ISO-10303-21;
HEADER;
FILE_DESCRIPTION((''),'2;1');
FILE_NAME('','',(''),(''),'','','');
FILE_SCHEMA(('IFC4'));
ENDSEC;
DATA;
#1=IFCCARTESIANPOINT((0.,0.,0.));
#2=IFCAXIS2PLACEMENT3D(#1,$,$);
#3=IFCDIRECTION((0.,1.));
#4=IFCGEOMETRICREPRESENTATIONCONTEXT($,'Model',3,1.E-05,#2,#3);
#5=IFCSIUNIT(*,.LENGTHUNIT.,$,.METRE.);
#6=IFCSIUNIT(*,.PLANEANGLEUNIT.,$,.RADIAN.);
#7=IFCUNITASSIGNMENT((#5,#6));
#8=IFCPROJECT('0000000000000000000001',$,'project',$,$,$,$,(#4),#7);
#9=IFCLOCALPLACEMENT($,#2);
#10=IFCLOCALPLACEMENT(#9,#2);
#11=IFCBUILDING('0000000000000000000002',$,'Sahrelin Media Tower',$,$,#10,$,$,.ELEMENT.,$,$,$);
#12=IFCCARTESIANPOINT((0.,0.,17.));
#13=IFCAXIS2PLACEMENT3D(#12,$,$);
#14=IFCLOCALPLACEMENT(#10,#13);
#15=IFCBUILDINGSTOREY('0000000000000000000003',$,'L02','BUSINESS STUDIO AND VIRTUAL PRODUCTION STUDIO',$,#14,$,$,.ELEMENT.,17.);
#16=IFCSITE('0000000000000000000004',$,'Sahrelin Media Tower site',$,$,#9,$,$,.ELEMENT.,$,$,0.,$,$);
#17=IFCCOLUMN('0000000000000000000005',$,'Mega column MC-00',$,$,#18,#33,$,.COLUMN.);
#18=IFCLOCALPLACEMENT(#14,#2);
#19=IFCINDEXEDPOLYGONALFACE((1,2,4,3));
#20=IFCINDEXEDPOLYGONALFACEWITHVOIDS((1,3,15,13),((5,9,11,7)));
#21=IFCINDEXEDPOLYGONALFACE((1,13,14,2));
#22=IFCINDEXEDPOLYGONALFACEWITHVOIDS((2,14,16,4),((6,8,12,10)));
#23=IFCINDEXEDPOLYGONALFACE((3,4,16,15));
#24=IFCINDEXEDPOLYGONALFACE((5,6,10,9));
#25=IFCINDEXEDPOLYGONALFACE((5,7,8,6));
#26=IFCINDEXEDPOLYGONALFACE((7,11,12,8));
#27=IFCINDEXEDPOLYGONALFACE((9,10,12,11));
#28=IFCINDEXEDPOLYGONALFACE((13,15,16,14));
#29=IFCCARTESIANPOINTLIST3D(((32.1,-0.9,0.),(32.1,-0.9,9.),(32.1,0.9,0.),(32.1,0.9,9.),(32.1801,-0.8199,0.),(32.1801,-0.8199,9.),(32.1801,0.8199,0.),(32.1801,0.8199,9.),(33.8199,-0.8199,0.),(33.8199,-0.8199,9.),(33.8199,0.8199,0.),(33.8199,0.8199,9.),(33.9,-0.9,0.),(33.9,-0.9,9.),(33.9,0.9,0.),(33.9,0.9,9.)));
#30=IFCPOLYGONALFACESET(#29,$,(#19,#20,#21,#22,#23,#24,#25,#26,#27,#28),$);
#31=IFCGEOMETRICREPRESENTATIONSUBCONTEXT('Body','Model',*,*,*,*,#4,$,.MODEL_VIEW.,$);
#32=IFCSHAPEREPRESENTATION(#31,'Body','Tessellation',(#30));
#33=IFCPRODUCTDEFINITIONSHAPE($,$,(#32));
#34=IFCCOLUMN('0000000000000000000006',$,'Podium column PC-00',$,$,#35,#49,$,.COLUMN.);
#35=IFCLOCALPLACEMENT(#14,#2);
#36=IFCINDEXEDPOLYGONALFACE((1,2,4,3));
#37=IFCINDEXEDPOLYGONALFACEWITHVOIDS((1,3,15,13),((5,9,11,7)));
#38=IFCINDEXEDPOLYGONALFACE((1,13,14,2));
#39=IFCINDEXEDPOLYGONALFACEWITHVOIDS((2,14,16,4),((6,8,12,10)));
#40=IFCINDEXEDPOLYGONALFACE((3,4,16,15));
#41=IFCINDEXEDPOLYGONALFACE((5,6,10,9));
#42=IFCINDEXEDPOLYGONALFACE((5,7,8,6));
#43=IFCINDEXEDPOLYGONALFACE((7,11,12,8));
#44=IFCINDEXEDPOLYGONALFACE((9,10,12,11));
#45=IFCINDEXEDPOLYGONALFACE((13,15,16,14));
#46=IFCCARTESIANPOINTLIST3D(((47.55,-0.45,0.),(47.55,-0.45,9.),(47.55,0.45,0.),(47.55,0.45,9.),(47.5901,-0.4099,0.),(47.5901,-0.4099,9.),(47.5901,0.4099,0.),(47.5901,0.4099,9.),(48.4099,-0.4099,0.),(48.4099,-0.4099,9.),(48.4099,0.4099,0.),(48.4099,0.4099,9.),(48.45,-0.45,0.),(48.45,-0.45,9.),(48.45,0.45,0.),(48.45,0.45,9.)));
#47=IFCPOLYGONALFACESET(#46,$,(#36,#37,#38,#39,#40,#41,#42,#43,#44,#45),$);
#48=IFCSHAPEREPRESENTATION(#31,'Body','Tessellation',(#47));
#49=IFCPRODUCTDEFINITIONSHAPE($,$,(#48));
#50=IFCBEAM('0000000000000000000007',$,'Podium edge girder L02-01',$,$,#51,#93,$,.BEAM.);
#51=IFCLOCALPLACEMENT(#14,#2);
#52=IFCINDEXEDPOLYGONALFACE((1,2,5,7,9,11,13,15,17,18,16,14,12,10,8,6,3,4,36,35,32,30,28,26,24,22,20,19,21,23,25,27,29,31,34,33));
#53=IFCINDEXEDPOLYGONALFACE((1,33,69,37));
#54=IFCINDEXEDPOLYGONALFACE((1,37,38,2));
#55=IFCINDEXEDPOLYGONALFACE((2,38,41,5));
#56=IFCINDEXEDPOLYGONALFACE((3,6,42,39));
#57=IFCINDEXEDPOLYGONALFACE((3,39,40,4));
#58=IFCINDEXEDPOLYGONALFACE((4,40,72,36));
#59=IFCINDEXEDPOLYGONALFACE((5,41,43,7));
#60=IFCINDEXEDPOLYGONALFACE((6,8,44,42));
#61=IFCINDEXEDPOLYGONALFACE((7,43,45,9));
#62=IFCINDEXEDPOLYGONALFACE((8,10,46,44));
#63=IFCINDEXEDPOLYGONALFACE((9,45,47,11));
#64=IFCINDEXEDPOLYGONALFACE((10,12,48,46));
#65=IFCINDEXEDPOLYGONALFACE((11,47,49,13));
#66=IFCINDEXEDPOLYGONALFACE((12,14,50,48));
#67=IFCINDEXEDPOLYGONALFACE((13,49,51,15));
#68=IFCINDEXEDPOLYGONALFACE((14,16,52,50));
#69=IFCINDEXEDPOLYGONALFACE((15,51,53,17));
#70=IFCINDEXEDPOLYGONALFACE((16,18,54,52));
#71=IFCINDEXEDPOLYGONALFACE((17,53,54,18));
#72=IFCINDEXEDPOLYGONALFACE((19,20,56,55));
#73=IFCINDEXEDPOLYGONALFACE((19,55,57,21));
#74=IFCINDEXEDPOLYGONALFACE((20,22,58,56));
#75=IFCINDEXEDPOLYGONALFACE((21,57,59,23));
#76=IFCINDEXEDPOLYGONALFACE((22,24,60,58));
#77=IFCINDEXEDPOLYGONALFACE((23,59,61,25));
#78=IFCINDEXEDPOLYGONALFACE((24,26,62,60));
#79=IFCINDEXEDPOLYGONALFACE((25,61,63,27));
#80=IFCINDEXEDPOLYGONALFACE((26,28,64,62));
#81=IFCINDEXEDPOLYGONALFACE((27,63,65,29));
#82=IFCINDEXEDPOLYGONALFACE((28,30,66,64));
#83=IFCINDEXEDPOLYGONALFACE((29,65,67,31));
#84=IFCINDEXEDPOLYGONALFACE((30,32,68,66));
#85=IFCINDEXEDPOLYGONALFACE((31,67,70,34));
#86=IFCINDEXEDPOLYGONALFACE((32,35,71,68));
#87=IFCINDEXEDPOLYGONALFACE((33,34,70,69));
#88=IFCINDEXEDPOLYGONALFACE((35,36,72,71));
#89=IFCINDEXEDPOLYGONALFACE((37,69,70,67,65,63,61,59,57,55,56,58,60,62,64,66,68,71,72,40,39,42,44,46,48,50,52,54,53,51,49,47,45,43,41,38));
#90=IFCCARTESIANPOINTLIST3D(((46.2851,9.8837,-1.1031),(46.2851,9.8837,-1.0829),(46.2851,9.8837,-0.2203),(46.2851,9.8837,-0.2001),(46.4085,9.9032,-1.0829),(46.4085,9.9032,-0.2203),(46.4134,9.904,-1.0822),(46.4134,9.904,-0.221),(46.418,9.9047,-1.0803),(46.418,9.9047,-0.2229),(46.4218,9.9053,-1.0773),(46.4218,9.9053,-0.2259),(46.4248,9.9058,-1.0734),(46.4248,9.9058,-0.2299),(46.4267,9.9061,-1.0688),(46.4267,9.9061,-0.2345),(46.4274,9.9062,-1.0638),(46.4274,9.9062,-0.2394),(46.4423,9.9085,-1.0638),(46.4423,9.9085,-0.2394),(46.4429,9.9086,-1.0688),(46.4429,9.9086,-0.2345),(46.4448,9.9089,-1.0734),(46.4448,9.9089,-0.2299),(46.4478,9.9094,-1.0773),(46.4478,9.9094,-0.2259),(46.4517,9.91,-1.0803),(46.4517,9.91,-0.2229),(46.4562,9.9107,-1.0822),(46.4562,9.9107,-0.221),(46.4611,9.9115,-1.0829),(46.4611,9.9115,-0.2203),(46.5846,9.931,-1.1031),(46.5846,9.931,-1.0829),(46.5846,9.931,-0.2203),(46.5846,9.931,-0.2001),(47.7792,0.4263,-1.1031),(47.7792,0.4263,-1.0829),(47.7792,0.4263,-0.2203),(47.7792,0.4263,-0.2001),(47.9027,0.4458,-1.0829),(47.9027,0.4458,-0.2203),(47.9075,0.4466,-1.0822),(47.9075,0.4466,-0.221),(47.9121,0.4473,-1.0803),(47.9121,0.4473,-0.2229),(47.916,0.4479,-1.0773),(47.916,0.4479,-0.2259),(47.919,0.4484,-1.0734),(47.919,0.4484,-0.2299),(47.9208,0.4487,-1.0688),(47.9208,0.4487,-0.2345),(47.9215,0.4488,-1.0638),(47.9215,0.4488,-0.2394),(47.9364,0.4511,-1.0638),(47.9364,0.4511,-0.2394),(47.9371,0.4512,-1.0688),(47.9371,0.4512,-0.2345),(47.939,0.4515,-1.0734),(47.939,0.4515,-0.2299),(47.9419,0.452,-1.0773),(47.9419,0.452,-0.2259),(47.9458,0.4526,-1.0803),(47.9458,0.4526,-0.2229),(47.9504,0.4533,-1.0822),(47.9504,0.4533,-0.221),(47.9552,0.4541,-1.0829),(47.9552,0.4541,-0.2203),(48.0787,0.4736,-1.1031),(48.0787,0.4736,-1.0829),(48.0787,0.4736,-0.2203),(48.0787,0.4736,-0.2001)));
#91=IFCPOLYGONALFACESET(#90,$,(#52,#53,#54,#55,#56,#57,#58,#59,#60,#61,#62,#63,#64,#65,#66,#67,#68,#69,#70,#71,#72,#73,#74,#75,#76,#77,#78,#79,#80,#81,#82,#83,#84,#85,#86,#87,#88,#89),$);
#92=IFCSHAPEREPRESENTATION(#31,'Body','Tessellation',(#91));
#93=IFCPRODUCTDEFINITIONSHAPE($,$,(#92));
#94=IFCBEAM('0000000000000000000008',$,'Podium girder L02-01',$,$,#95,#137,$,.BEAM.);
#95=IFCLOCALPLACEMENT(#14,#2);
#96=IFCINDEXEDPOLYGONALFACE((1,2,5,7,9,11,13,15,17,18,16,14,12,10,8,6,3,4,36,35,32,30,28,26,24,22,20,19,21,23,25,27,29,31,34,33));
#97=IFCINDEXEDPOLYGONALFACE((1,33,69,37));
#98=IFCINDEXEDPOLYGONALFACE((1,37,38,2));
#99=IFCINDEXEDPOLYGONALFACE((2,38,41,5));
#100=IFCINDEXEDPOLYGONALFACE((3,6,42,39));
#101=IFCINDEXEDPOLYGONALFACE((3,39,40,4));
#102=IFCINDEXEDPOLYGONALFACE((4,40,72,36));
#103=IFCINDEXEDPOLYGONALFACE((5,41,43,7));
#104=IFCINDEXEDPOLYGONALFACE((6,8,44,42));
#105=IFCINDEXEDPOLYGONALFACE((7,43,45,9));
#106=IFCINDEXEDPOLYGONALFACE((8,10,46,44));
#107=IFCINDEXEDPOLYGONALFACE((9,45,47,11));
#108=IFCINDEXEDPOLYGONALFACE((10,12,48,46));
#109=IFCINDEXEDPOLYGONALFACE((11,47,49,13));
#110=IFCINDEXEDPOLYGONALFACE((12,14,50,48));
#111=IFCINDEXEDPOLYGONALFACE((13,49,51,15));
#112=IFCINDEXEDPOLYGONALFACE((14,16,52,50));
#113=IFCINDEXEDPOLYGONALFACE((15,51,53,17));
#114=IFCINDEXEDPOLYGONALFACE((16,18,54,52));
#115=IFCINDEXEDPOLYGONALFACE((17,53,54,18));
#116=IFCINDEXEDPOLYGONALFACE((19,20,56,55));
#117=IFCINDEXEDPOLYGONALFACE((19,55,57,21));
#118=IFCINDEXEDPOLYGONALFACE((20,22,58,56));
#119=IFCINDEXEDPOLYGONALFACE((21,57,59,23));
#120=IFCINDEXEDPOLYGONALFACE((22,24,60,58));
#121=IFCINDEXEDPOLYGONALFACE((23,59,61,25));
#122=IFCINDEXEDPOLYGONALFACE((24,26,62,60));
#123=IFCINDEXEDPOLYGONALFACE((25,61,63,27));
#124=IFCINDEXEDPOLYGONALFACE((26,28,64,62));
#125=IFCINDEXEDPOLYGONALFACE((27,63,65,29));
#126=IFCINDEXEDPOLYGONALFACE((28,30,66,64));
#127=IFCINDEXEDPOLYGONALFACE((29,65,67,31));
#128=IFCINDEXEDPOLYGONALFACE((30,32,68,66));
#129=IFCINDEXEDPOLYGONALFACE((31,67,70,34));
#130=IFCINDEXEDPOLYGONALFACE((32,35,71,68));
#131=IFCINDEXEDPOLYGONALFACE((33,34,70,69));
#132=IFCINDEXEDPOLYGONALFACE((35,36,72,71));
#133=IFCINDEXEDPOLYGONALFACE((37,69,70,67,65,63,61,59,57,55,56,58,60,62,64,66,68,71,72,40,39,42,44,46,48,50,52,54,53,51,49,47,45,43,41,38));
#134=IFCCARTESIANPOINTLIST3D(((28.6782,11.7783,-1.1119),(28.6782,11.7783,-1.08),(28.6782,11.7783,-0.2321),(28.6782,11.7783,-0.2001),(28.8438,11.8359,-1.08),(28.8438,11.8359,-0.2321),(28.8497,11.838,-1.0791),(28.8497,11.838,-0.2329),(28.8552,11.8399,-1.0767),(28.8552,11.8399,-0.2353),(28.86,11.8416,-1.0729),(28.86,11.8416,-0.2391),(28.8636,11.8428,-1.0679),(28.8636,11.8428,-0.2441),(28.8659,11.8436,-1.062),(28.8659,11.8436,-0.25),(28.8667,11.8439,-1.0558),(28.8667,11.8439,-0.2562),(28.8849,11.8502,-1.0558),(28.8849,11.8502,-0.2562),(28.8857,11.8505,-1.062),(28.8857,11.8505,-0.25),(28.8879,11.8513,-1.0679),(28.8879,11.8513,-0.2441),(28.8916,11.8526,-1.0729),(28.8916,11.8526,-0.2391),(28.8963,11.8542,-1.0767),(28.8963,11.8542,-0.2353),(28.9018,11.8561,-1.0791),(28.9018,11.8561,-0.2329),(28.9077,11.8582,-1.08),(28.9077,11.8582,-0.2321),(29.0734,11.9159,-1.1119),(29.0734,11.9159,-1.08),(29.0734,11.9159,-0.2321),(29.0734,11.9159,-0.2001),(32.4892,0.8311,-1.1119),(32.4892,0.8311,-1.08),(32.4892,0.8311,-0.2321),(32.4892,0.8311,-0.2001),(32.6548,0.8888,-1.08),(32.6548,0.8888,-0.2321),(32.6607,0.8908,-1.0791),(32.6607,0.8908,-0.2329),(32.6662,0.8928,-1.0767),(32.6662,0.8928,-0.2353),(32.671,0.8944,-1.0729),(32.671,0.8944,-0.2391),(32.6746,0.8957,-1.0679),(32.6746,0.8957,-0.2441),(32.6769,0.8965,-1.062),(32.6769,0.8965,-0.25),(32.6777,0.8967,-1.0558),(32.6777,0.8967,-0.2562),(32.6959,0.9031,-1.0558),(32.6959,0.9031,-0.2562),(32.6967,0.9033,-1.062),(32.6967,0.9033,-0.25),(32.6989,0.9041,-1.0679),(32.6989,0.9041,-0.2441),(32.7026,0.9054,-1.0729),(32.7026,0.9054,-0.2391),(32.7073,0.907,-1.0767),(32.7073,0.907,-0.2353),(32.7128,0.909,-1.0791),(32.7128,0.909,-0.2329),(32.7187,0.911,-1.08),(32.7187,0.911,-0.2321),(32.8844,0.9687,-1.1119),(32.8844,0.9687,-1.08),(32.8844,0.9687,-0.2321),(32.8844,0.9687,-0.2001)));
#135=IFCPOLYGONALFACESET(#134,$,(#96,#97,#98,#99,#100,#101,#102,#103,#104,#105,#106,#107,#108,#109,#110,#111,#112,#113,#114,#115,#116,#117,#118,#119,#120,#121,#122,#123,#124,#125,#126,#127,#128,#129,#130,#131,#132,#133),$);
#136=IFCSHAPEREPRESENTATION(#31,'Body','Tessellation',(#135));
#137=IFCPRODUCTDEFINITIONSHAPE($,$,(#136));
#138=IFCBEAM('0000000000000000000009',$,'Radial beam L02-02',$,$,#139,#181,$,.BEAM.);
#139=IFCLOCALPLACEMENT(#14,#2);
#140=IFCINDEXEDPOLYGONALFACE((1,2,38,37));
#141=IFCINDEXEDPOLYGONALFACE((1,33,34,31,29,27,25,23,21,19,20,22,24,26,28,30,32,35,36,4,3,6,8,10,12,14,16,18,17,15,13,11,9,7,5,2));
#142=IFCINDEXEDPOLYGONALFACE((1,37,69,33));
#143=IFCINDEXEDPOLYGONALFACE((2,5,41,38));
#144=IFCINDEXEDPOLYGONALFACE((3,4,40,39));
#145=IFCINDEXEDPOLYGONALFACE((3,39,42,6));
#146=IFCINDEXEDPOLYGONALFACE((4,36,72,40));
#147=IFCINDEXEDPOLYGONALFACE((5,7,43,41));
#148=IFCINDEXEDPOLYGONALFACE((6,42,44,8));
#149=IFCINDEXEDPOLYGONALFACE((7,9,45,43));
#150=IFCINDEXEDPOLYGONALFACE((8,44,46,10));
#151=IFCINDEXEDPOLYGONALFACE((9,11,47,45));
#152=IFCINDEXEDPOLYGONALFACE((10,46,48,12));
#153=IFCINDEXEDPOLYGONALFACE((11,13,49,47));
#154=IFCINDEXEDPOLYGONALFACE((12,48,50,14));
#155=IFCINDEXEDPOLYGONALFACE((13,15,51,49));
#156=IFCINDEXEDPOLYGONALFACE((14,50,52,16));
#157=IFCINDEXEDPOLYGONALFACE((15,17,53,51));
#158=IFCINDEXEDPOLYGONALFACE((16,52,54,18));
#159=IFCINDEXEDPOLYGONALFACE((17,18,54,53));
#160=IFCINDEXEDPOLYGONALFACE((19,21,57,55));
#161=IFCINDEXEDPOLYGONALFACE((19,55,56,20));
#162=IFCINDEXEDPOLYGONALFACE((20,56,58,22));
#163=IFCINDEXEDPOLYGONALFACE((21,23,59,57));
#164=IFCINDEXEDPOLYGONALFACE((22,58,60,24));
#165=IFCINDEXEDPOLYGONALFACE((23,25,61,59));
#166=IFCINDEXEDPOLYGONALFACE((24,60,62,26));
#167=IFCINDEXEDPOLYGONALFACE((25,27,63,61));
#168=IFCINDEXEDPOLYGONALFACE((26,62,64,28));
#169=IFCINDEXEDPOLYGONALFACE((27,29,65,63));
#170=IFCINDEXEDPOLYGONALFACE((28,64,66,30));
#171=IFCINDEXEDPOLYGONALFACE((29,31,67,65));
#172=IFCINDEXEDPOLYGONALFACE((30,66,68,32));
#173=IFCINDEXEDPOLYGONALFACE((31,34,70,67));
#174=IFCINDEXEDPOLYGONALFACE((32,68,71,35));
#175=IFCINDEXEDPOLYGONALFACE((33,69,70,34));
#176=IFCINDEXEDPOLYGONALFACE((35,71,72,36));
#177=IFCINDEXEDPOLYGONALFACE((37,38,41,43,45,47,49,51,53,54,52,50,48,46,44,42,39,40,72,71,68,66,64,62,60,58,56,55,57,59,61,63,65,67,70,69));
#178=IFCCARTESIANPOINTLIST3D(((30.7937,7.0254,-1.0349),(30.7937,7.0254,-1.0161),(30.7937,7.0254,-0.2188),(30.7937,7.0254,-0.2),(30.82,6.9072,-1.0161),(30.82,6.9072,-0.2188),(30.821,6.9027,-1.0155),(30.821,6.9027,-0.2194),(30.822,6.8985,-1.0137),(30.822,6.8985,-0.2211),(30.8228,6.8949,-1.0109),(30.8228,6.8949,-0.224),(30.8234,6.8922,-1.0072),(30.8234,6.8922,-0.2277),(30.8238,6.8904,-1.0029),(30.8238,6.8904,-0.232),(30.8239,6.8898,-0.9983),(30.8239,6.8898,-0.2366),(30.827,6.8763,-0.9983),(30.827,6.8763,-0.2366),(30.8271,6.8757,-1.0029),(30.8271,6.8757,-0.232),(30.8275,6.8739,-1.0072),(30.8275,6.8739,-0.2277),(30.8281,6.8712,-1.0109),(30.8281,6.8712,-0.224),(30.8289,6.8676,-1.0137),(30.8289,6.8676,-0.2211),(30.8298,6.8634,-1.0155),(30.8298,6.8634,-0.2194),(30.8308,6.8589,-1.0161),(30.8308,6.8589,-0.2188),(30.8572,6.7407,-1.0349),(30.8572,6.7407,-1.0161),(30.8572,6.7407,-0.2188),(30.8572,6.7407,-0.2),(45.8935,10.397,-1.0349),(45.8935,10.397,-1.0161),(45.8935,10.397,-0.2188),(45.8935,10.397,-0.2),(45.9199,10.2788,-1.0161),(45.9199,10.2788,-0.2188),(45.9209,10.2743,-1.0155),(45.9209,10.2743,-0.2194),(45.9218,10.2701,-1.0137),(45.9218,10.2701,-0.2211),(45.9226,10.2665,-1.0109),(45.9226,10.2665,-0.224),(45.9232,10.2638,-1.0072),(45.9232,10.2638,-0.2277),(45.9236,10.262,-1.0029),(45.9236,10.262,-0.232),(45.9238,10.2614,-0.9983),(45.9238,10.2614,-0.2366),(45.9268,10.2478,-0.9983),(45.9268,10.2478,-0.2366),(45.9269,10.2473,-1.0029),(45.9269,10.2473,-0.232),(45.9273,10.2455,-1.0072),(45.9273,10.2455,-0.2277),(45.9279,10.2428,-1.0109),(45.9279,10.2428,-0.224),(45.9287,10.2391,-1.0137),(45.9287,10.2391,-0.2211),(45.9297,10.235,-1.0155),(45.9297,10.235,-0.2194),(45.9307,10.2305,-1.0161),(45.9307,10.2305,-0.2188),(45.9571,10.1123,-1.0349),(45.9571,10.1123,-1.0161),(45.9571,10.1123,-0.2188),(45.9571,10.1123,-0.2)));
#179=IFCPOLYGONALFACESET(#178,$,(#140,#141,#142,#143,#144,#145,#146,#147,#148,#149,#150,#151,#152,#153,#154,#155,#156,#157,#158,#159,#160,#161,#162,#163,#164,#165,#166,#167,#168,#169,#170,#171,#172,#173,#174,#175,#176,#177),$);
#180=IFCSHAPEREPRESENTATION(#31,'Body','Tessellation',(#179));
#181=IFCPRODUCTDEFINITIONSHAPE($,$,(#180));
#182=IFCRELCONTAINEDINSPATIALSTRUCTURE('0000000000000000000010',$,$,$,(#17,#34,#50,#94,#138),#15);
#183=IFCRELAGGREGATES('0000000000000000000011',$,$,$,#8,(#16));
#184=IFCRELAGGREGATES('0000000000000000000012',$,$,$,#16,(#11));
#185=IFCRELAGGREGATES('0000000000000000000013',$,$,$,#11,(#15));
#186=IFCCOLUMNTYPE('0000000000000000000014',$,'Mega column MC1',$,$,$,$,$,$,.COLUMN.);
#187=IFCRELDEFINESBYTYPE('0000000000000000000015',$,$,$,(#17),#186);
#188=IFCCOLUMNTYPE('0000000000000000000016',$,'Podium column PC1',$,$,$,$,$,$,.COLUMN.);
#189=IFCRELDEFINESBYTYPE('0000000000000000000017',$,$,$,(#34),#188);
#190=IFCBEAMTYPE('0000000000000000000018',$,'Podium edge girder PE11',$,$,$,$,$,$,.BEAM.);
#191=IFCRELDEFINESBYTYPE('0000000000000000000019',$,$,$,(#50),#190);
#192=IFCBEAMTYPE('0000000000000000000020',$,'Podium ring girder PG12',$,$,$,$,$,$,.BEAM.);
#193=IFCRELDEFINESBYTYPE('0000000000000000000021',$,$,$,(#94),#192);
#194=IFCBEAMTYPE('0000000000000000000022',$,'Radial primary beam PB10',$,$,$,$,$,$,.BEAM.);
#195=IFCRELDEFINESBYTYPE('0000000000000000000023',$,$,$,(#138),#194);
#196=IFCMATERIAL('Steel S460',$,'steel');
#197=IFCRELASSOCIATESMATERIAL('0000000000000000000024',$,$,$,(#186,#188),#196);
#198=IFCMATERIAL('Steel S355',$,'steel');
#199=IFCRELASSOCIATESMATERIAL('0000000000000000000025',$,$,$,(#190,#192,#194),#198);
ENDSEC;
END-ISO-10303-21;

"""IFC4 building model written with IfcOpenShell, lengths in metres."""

from ifc_helpers import new_model, si_unit, direction, frame, origin, origin_2d, place, context, subcontext, project, spatial, hollow_rectangle, i_section, extrude, material, material_profile, profile_set, type_object, element, save


model = new_model("IFC4")

# Units and contexts
model_context = context("Model", 3, precision=1e-05, world=origin(), true_north=direction((0.0, 1.0)))
body_context = subcontext(model_context, "Body", "Model", "MODEL_VIEW")
ifc_project = project(units=[si_unit("LENGTHUNIT", "METRE"), si_unit("PLANEANGLEUNIT", "RADIAN")], contexts=[model_context])

# Site, building, storey
site_placement = place(None, origin())
site = spatial("IfcSite", under=ifc_project, at=site_placement, Name="Sahrelin Media Tower site", CompositionType="ELEMENT", RefElevation=0.0)
building_placement = place(site_placement, origin())
building = spatial("IfcBuilding", under=site, at=building_placement, Name="Sahrelin Media Tower", CompositionType="ELEMENT")
storey_placement = place(building_placement, frame((0.0, 0.0, 17.0)))
storey = spatial("IfcBuildingStorey", under=building, at=storey_placement, Name="L02", Description="BUSINESS STUDIO AND VIRTUAL PRODUCTION STUDIO", CompositionType="ELEMENT", Elevation=17.0)

# Columns
ifc_material_1 = material(Name="Steel S460", Category="steel")
ifc_material_profile_1 = material_profile(ifc_material_1, hollow_rectangle(XDim=1.8, YDim=1.8, WallThickness=0.0801, at=origin_2d()), Name="Mega column MC1")
ifc_profile_set_1 = profile_set([ifc_material_profile_1], Name="Steel S460")
column_type_1 = type_object("IfcColumnType", Name="Mega column MC1", PredefinedType="COLUMN", material=ifc_profile_set_1)
column_1_placement = place(storey_placement, frame((33.0, 0.0, 0.0), z_axis=(0.0, 0.0, 1.0), x_axis=(1.0, 0.0, 0.0)))
element("IfcColumn", 1, at=column_1_placement, inside=storey, type_object=column_type_1, Name="Mega column MC-00", PredefinedType="COLUMN", context=body_context, shape_type="SweptSolid", body=[
    extrude(hollow_rectangle(XDim=1.8, YDim=1.8, WallThickness=0.0801, at=origin_2d()), origin(), (0.0, 0.0, 1.0), 9.0),
])
ifc_material_profile_2 = material_profile(ifc_material_1, hollow_rectangle(XDim=0.8999, YDim=0.8999, WallThickness=0.04, at=origin_2d()), Name="Podium column PC1")
ifc_profile_set_2 = profile_set([ifc_material_profile_2], Name="Steel S460")
column_type_2 = type_object("IfcColumnType", Name="Podium column PC1", PredefinedType="COLUMN", material=ifc_profile_set_2)
column_2_placement = place(storey_placement, frame((48.0, 0.0, 0.0), z_axis=(0.0, 0.0, 1.0), x_axis=(1.0, 0.0, 0.0)))
element("IfcColumn", 2, at=column_2_placement, inside=storey, type_object=column_type_2, Name="Podium column PC-00", PredefinedType="COLUMN", context=body_context, shape_type="SweptSolid", body=[
    extrude(hollow_rectangle(XDim=0.8999, YDim=0.8999, WallThickness=0.04, at=origin_2d()), origin(), (0.0, 0.0, 1.0), 9.0),
])

# Beams
ifc_material_2 = material(Name="Steel S355", Category="steel")
ifc_material_profile_3 = material_profile(ifc_material_2, i_section(OverallWidth=0.3032, OverallDepth=0.9031, WebThickness=0.0151, FlangeThickness=0.0203, FilletRadius=0.019, at=origin_2d()), Name="UB 914x305x201")
ifc_profile_set_3 = profile_set([ifc_material_profile_3], Name="Steel S355")
beam_type_1 = type_object("IfcBeamType", Name="Podium edge girder PE11", PredefinedType="BEAM", material=ifc_profile_set_3)
beam_1_placement = place(storey_placement, frame((47.929, 0.45, -0.6516), z_axis=(-0.156049, 0.987749, 0.0), x_axis=(-0.987749, -0.156049, 0.0)))
element("IfcBeam", 3, at=beam_1_placement, inside=storey, type_object=beam_type_1, Name="Podium edge girder L02-01", PredefinedType="BEAM", context=body_context, shape_type="SweptSolid", body=[
    extrude(i_section(OverallWidth=0.3032, OverallDepth=0.9031, WebThickness=0.0151, FlangeThickness=0.0203, FilletRadius=0.019, at=origin_2d()), origin(), (0.0, 0.0, 1.0), 9.5747),
])
ifc_material_profile_4 = material_profile(ifc_material_2, i_section(OverallWidth=0.4185, OverallDepth=0.9119, WebThickness=0.0193, FlangeThickness=0.032, FilletRadius=0.0242, at=origin_2d()), Name="UB 914x419x343")
ifc_profile_set_4 = profile_set([ifc_material_profile_4], Name="Steel S355")
beam_type_2 = type_object("IfcBeamType", Name="Podium ring girder PG12", PredefinedType="BEAM", material=ifc_profile_set_4)
beam_2_placement = place(storey_placement, frame((32.6868, 0.8999, -0.656), z_axis=(-0.328774, 0.944409, 0.0), x_axis=(-0.944409, -0.328774, 0.0)))
element("IfcBeam", 4, at=beam_2_placement, inside=storey, type_object=beam_type_2, Name="Podium girder L02-01", PredefinedType="BEAM", context=body_context, shape_type="SweptSolid", body=[
    extrude(i_section(OverallWidth=0.4185, OverallDepth=0.9119, WebThickness=0.0193, FlangeThickness=0.032, FilletRadius=0.0242, at=origin_2d()), origin(), (0.0, 0.0, 1.0), 11.5916),
])
ifc_material_profile_5 = material_profile(ifc_material_2, i_section(OverallWidth=0.2917, OverallDepth=0.835, WebThickness=0.0139, FlangeThickness=0.0188, FilletRadius=0.0178, at=origin_2d()), Name="UB 838x292x176")
ifc_profile_set_5 = profile_set([ifc_material_profile_5], Name="Steel S355")
beam_type_3 = type_object("IfcBeamType", Name="Radial primary beam PB10", PredefinedType="BEAM", material=ifc_profile_set_5)
beam_3_placement = place(storey_placement, frame((30.8254, 6.8831, -0.6174), z_axis=(0.975967, 0.217919, 0.0), x_axis=(-0.217919, 0.975967, 0.0)))
element("IfcBeam", 5, at=beam_3_placement, inside=storey, type_object=beam_type_3, Name="Radial beam L02-02", PredefinedType="BEAM", context=body_context, shape_type="SweptSolid", body=[
    extrude(i_section(OverallWidth=0.2917, OverallDepth=0.835, WebThickness=0.0139, FlangeThickness=0.0188, FilletRadius=0.0178, at=origin_2d()), origin(), (0.0, 0.0, 1.0), 15.4717),
])

save(model, "model.ifc")
